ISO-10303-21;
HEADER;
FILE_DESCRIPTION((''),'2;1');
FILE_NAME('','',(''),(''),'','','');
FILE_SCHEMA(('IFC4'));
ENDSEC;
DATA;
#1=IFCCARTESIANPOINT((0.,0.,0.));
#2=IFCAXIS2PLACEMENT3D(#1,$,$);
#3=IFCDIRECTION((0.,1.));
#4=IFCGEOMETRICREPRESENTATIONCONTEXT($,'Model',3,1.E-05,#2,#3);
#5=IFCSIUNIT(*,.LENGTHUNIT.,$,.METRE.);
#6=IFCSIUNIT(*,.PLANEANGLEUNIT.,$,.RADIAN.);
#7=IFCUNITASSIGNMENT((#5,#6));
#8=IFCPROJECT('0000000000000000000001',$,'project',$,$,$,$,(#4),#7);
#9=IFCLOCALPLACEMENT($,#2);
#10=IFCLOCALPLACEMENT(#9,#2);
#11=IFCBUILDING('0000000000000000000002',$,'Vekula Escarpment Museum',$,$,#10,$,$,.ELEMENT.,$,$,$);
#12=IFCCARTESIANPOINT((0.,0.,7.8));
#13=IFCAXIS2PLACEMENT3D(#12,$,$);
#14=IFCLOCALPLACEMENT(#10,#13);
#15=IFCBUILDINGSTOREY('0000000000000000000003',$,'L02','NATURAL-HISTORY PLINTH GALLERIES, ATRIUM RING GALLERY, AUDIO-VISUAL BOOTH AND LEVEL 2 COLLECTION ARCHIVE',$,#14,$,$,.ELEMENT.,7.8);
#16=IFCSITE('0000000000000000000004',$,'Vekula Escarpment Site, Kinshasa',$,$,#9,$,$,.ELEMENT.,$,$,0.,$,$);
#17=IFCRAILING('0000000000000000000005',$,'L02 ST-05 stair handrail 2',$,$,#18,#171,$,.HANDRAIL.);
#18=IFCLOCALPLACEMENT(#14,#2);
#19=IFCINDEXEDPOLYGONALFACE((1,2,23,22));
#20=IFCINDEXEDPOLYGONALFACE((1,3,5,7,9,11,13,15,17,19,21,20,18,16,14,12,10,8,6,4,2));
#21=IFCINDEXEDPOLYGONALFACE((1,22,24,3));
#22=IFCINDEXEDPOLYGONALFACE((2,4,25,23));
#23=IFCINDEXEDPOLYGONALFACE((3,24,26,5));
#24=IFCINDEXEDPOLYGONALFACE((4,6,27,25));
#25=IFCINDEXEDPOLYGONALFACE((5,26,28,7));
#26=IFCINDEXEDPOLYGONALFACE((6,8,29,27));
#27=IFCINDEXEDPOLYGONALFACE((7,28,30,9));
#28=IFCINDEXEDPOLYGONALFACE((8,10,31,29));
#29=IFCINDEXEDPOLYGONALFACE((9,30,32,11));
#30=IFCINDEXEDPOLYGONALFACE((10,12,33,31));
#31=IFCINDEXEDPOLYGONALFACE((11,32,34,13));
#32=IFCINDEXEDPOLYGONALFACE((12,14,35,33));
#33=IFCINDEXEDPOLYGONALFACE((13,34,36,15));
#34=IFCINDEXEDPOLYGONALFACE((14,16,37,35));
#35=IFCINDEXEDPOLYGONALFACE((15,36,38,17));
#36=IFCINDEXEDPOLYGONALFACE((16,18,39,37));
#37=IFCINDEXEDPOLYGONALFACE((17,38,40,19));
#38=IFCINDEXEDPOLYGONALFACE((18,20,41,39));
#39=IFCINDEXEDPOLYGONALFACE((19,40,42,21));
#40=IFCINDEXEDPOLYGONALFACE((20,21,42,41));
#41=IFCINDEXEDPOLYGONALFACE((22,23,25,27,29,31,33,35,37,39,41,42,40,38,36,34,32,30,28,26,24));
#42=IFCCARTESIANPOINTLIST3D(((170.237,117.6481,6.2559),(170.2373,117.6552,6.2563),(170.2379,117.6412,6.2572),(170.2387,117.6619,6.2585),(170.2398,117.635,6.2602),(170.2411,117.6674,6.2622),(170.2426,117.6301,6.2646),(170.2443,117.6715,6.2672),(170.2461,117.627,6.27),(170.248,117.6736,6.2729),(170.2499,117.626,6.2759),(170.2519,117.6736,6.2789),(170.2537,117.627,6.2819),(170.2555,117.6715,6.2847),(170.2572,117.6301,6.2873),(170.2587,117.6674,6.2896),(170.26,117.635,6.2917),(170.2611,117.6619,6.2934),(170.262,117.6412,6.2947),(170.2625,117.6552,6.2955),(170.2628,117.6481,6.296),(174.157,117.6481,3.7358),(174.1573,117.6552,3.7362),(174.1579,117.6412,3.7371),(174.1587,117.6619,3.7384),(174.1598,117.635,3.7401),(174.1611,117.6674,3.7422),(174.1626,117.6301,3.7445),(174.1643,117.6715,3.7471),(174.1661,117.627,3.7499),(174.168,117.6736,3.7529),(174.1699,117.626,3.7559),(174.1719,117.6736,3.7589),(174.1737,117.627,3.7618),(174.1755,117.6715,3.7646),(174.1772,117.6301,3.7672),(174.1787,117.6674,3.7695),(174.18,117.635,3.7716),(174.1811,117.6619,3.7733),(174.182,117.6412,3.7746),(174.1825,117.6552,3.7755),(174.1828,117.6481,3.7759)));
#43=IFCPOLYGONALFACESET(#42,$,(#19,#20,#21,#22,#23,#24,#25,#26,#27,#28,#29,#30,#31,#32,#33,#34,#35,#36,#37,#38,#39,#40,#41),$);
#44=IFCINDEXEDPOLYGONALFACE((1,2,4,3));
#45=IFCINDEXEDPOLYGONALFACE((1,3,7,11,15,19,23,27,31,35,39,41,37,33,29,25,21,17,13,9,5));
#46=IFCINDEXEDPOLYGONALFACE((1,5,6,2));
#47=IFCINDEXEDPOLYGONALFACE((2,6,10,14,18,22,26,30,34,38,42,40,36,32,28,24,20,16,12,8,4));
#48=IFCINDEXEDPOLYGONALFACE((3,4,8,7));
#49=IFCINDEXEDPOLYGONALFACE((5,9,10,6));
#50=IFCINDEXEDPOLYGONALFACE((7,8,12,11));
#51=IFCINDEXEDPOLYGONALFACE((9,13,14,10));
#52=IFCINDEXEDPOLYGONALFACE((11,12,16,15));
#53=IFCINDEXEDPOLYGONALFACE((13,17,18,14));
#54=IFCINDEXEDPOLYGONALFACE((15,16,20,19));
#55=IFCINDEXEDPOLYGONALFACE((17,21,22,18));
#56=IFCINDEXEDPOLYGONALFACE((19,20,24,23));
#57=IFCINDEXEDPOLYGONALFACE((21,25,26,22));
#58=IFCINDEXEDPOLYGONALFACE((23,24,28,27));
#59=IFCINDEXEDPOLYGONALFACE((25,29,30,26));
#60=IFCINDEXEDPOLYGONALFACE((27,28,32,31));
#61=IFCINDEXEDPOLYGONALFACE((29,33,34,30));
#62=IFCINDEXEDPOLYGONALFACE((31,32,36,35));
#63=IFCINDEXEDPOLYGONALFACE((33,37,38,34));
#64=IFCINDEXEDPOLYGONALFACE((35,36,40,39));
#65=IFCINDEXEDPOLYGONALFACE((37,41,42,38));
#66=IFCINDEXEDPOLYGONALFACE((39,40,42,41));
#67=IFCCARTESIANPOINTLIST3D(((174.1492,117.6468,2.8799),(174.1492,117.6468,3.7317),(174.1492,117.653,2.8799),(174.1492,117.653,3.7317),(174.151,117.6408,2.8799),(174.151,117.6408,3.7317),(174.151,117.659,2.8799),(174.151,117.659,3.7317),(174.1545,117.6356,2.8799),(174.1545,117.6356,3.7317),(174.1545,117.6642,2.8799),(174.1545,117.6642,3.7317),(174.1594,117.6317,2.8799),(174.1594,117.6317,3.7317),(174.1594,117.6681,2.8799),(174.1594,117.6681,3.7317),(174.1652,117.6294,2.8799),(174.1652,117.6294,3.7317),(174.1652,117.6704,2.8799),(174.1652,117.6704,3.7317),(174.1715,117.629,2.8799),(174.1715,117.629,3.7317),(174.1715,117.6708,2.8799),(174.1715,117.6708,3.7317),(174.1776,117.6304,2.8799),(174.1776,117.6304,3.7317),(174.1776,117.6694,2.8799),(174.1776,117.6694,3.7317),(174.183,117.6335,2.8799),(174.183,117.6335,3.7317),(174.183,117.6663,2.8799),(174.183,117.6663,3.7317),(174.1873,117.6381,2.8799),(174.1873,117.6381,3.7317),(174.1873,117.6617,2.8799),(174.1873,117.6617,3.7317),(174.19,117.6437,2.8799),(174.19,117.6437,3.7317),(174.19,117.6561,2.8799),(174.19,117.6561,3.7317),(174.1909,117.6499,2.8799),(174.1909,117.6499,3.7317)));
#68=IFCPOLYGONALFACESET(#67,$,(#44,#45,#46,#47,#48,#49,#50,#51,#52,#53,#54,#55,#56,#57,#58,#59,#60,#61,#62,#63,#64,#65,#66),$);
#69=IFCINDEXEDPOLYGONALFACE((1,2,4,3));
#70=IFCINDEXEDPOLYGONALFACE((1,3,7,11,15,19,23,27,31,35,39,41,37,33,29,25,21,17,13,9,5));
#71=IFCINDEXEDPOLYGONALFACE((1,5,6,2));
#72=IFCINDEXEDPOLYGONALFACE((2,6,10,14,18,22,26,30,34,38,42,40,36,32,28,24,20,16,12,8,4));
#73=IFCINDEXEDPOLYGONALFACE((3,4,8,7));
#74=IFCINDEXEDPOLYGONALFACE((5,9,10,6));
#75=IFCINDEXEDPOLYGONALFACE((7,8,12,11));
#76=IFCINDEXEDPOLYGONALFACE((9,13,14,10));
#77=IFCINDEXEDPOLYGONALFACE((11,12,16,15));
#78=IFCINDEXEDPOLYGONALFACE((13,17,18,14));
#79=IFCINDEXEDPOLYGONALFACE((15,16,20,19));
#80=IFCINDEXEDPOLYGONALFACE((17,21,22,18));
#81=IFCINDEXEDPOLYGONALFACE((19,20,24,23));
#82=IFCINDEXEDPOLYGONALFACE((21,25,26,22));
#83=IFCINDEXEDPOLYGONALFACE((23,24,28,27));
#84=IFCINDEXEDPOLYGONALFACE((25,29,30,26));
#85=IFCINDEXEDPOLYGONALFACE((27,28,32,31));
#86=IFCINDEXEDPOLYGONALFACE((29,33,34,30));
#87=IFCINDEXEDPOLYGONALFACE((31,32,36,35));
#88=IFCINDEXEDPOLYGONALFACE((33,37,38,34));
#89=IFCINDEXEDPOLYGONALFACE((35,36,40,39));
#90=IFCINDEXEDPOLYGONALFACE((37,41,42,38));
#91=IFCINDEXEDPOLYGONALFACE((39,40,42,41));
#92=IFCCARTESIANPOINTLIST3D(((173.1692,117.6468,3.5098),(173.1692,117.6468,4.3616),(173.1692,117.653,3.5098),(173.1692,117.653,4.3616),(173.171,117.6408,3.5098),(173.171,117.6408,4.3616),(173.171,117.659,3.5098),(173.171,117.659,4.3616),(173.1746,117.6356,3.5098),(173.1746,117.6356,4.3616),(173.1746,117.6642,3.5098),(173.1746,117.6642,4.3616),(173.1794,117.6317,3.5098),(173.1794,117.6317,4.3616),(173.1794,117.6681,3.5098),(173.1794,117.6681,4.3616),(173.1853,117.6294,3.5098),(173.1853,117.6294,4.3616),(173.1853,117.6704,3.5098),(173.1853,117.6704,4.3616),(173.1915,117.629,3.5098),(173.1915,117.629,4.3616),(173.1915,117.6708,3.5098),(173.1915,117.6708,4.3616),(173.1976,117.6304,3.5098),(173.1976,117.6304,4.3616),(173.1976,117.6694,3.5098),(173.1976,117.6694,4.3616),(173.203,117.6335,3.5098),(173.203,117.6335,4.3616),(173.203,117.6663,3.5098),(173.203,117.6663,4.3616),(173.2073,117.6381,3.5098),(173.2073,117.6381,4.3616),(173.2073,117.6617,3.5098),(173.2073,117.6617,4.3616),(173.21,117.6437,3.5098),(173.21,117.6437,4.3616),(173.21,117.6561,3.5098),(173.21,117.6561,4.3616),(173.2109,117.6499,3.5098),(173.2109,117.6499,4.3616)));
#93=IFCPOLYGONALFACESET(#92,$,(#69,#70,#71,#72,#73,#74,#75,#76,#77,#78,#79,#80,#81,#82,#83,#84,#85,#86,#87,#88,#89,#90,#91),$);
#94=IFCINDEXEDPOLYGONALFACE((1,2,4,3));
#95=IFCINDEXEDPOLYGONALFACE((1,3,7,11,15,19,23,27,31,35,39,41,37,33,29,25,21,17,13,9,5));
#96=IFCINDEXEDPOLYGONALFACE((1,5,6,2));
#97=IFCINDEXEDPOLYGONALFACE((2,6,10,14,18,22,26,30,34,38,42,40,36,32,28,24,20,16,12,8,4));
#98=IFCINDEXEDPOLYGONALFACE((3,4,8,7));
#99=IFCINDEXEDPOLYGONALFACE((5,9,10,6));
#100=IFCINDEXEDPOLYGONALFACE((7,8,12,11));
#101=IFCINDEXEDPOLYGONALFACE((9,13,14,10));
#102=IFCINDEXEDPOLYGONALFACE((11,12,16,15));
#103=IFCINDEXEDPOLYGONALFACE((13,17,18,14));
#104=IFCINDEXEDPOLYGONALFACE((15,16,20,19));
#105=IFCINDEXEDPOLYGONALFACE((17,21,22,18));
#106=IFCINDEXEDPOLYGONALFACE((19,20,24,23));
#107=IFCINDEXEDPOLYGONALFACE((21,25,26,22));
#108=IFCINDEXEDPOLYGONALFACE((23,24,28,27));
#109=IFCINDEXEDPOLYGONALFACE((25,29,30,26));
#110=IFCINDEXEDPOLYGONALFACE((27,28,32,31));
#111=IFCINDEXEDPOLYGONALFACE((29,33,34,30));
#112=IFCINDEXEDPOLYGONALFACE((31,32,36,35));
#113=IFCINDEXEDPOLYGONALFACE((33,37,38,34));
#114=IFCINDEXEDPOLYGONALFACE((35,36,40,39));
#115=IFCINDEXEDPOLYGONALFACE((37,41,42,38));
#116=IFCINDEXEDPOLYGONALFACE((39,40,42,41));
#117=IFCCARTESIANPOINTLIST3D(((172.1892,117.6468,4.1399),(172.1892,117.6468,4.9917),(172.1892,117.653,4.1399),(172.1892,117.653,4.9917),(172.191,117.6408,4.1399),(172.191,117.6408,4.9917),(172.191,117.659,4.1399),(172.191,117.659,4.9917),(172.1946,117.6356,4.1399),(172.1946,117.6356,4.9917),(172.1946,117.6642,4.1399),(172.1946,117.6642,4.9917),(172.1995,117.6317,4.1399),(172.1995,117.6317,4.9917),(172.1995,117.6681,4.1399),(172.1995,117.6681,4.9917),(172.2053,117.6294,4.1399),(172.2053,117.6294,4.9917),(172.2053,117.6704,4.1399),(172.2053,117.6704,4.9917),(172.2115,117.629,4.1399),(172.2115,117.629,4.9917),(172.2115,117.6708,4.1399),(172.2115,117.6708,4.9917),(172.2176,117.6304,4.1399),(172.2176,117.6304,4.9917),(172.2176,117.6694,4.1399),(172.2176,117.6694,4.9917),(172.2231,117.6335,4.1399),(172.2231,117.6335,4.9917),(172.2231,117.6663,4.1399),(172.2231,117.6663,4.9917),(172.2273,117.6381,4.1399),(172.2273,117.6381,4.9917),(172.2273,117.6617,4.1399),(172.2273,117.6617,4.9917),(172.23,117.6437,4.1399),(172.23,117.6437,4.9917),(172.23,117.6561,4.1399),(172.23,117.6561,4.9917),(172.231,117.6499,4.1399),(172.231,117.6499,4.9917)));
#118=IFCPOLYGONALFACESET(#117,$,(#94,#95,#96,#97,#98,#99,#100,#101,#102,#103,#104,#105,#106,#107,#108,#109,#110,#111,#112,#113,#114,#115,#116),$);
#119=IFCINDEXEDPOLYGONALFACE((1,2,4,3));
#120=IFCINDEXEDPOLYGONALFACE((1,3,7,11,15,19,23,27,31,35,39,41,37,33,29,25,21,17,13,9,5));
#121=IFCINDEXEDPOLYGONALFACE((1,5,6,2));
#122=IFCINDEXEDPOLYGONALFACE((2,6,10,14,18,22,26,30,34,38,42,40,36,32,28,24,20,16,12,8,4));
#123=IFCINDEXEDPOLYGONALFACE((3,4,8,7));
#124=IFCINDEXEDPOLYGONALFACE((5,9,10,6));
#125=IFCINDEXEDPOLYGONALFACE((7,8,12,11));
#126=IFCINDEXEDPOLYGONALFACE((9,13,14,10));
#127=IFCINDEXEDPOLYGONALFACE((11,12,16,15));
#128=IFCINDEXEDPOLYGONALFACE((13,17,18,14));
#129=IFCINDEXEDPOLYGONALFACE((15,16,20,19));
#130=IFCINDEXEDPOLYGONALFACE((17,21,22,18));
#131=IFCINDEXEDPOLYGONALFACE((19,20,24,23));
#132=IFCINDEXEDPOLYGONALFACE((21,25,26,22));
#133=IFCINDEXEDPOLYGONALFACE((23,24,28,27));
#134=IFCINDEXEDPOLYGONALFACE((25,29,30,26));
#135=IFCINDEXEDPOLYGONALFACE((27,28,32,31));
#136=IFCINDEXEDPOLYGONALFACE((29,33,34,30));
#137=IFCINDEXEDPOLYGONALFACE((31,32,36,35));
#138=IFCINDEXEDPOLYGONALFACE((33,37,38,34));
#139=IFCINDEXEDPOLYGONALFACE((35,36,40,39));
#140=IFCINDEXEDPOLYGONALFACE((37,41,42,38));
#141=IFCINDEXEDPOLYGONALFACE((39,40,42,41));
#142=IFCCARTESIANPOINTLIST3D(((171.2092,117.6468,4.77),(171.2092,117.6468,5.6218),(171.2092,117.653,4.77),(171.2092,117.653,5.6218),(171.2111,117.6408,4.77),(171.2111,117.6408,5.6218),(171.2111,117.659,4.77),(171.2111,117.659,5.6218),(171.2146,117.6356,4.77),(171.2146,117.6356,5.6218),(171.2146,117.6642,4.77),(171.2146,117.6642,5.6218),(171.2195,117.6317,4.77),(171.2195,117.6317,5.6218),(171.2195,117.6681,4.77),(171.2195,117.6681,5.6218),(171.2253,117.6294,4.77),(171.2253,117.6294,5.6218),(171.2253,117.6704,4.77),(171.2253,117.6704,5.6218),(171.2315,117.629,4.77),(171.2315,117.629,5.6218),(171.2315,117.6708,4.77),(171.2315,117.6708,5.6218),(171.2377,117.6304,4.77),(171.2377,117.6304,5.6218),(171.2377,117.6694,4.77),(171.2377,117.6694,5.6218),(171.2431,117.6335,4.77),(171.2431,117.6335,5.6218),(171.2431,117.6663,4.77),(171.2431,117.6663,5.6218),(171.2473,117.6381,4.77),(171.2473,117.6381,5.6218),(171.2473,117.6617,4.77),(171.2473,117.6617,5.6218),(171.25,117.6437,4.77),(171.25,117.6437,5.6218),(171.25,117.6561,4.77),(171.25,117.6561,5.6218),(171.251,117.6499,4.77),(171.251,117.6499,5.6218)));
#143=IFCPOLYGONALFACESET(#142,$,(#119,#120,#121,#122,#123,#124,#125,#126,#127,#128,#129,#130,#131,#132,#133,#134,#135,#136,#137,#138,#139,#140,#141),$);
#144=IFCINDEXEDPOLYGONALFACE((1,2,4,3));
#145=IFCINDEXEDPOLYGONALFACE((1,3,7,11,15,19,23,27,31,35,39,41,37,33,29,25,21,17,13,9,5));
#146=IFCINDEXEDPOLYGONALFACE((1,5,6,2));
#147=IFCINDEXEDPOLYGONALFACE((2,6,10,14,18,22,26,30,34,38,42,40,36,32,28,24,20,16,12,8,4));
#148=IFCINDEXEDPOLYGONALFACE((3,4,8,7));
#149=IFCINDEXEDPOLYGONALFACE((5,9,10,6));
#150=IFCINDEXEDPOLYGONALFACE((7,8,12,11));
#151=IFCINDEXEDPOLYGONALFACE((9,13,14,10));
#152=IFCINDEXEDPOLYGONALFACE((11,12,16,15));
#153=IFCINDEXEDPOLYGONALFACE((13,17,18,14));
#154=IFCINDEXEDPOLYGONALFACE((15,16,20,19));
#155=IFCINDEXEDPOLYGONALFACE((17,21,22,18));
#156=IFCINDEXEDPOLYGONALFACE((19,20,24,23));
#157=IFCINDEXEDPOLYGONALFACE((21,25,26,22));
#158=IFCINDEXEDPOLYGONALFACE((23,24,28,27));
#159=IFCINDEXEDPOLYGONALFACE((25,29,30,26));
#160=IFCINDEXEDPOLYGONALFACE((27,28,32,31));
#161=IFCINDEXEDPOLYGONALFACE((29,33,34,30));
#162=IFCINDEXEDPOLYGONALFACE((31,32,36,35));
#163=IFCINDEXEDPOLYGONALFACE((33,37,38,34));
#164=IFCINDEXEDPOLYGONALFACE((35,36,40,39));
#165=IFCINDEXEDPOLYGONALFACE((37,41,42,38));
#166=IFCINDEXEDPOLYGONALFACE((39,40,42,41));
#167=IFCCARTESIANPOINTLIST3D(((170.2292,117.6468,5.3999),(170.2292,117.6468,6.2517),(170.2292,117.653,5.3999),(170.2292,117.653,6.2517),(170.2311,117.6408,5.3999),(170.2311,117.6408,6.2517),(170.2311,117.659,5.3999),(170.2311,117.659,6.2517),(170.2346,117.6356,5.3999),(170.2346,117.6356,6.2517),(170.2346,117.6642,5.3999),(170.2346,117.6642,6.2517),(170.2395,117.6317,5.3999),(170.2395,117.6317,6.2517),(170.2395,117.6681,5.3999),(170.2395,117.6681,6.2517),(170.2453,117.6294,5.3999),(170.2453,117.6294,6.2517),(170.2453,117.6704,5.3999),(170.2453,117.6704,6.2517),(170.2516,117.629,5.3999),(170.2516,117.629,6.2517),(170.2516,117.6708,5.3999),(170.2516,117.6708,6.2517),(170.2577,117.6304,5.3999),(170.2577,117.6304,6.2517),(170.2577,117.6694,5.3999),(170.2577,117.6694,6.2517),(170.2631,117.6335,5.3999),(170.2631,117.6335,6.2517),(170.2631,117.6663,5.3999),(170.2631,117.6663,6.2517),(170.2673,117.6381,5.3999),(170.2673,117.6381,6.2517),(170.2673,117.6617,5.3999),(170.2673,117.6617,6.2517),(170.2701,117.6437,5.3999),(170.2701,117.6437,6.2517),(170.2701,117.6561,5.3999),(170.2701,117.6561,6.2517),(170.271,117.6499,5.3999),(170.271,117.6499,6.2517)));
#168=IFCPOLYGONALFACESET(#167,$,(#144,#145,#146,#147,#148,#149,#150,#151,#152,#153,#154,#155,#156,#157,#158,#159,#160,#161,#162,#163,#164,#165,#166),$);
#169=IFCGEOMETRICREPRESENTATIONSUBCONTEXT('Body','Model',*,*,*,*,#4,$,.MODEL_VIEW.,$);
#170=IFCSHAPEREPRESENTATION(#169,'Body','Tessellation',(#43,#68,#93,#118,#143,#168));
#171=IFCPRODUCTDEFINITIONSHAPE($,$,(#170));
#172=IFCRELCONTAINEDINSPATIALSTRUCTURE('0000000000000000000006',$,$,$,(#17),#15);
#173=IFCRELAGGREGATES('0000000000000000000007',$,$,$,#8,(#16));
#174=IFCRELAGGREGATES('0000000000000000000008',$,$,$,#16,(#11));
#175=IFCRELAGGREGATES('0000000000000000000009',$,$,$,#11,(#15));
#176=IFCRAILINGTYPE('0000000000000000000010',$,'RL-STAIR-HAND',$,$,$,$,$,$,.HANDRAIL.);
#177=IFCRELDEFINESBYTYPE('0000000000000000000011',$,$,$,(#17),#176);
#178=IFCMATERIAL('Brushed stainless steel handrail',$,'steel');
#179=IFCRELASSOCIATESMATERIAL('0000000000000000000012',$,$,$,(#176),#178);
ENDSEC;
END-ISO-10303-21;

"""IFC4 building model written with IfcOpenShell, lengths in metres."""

from ifc_helpers import new_model, si_unit, direction, frame, origin, origin_2d, place, context, subcontext, project, spatial, circle, extrude, material, type_object, element, save


model = new_model("IFC4")

# Units and contexts
model_context = context("Model", 3, precision=1e-05, world=origin(), true_north=direction((0.0, 1.0)))
body_context = subcontext(model_context, "Body", "Model", "MODEL_VIEW")
ifc_project = project(units=[si_unit("LENGTHUNIT", "METRE"), si_unit("PLANEANGLEUNIT", "RADIAN")], contexts=[model_context])

# Site, building, storey
site_placement = place(None, origin())
site = spatial("IfcSite", under=ifc_project, at=site_placement, Name="Vekula Escarpment Site, Kinshasa", CompositionType="ELEMENT", RefElevation=0.0)
building_placement = place(site_placement, origin())
building = spatial("IfcBuilding", under=site, at=building_placement, Name="Vekula Escarpment Museum", CompositionType="ELEMENT")
storey_placement = place(building_placement, frame((0.0, 0.0, 7.8)))
storey = spatial("IfcBuildingStorey", under=building, at=storey_placement, Name="L02", Description="NATURAL-HISTORY PLINTH GALLERIES, ATRIUM RING GALLERY, AUDIO-VISUAL BOOTH AND LEVEL 2 COLLECTION ARCHIVE", CompositionType="ELEMENT", Elevation=7.8)

# Railing
ifc_material_1 = material(Name="Brushed stainless steel handrail", Category="steel")
railing_type_1 = type_object("IfcRailingType", Name="RL-STAIR-HAND", PredefinedType="HANDRAIL", material=ifc_material_1)
railing_1_placement = place(storey_placement, frame((174.1699, 117.6499, 2.8799)))
element("IfcRailing", 1, at=railing_1_placement, inside=storey, type_object=railing_type_1, Name="L02 ST-05 stair handrail 2", PredefinedType="HANDRAIL", context=body_context, shape_type="SweptSolid", body=[
    extrude(circle(Radius=0.0239, at=origin_2d()), frame((0.0, 0.0, 0.876), z_axis=(-0.841172, 0.0, 0.540768), x_axis=(0.0, -1.0, 0.0)), (0.0, 0.0, 1.0), 4.6602),
    extrude(circle(Radius=0.021, at=origin_2d()), origin(), (0.0, 0.0, 1.0), 0.8518),
    extrude(circle(Radius=0.021, at=origin_2d()), frame((-0.98, 0.0, 0.6299)), (0.0, 0.0, 1.0), 0.8518),
    extrude(circle(Radius=0.021, at=origin_2d()), frame((-1.96, 0.0, 1.26)), (0.0, 0.0, 1.0), 0.8518),
    extrude(circle(Radius=0.021, at=origin_2d()), frame((-2.9399, 0.0, 1.8901)), (0.0, 0.0, 1.0), 0.8518),
    extrude(circle(Radius=0.021, at=origin_2d()), frame((-3.9199, 0.0, 2.52)), (0.0, 0.0, 1.0), 0.8518),
])

save(model, "model.ifc")
